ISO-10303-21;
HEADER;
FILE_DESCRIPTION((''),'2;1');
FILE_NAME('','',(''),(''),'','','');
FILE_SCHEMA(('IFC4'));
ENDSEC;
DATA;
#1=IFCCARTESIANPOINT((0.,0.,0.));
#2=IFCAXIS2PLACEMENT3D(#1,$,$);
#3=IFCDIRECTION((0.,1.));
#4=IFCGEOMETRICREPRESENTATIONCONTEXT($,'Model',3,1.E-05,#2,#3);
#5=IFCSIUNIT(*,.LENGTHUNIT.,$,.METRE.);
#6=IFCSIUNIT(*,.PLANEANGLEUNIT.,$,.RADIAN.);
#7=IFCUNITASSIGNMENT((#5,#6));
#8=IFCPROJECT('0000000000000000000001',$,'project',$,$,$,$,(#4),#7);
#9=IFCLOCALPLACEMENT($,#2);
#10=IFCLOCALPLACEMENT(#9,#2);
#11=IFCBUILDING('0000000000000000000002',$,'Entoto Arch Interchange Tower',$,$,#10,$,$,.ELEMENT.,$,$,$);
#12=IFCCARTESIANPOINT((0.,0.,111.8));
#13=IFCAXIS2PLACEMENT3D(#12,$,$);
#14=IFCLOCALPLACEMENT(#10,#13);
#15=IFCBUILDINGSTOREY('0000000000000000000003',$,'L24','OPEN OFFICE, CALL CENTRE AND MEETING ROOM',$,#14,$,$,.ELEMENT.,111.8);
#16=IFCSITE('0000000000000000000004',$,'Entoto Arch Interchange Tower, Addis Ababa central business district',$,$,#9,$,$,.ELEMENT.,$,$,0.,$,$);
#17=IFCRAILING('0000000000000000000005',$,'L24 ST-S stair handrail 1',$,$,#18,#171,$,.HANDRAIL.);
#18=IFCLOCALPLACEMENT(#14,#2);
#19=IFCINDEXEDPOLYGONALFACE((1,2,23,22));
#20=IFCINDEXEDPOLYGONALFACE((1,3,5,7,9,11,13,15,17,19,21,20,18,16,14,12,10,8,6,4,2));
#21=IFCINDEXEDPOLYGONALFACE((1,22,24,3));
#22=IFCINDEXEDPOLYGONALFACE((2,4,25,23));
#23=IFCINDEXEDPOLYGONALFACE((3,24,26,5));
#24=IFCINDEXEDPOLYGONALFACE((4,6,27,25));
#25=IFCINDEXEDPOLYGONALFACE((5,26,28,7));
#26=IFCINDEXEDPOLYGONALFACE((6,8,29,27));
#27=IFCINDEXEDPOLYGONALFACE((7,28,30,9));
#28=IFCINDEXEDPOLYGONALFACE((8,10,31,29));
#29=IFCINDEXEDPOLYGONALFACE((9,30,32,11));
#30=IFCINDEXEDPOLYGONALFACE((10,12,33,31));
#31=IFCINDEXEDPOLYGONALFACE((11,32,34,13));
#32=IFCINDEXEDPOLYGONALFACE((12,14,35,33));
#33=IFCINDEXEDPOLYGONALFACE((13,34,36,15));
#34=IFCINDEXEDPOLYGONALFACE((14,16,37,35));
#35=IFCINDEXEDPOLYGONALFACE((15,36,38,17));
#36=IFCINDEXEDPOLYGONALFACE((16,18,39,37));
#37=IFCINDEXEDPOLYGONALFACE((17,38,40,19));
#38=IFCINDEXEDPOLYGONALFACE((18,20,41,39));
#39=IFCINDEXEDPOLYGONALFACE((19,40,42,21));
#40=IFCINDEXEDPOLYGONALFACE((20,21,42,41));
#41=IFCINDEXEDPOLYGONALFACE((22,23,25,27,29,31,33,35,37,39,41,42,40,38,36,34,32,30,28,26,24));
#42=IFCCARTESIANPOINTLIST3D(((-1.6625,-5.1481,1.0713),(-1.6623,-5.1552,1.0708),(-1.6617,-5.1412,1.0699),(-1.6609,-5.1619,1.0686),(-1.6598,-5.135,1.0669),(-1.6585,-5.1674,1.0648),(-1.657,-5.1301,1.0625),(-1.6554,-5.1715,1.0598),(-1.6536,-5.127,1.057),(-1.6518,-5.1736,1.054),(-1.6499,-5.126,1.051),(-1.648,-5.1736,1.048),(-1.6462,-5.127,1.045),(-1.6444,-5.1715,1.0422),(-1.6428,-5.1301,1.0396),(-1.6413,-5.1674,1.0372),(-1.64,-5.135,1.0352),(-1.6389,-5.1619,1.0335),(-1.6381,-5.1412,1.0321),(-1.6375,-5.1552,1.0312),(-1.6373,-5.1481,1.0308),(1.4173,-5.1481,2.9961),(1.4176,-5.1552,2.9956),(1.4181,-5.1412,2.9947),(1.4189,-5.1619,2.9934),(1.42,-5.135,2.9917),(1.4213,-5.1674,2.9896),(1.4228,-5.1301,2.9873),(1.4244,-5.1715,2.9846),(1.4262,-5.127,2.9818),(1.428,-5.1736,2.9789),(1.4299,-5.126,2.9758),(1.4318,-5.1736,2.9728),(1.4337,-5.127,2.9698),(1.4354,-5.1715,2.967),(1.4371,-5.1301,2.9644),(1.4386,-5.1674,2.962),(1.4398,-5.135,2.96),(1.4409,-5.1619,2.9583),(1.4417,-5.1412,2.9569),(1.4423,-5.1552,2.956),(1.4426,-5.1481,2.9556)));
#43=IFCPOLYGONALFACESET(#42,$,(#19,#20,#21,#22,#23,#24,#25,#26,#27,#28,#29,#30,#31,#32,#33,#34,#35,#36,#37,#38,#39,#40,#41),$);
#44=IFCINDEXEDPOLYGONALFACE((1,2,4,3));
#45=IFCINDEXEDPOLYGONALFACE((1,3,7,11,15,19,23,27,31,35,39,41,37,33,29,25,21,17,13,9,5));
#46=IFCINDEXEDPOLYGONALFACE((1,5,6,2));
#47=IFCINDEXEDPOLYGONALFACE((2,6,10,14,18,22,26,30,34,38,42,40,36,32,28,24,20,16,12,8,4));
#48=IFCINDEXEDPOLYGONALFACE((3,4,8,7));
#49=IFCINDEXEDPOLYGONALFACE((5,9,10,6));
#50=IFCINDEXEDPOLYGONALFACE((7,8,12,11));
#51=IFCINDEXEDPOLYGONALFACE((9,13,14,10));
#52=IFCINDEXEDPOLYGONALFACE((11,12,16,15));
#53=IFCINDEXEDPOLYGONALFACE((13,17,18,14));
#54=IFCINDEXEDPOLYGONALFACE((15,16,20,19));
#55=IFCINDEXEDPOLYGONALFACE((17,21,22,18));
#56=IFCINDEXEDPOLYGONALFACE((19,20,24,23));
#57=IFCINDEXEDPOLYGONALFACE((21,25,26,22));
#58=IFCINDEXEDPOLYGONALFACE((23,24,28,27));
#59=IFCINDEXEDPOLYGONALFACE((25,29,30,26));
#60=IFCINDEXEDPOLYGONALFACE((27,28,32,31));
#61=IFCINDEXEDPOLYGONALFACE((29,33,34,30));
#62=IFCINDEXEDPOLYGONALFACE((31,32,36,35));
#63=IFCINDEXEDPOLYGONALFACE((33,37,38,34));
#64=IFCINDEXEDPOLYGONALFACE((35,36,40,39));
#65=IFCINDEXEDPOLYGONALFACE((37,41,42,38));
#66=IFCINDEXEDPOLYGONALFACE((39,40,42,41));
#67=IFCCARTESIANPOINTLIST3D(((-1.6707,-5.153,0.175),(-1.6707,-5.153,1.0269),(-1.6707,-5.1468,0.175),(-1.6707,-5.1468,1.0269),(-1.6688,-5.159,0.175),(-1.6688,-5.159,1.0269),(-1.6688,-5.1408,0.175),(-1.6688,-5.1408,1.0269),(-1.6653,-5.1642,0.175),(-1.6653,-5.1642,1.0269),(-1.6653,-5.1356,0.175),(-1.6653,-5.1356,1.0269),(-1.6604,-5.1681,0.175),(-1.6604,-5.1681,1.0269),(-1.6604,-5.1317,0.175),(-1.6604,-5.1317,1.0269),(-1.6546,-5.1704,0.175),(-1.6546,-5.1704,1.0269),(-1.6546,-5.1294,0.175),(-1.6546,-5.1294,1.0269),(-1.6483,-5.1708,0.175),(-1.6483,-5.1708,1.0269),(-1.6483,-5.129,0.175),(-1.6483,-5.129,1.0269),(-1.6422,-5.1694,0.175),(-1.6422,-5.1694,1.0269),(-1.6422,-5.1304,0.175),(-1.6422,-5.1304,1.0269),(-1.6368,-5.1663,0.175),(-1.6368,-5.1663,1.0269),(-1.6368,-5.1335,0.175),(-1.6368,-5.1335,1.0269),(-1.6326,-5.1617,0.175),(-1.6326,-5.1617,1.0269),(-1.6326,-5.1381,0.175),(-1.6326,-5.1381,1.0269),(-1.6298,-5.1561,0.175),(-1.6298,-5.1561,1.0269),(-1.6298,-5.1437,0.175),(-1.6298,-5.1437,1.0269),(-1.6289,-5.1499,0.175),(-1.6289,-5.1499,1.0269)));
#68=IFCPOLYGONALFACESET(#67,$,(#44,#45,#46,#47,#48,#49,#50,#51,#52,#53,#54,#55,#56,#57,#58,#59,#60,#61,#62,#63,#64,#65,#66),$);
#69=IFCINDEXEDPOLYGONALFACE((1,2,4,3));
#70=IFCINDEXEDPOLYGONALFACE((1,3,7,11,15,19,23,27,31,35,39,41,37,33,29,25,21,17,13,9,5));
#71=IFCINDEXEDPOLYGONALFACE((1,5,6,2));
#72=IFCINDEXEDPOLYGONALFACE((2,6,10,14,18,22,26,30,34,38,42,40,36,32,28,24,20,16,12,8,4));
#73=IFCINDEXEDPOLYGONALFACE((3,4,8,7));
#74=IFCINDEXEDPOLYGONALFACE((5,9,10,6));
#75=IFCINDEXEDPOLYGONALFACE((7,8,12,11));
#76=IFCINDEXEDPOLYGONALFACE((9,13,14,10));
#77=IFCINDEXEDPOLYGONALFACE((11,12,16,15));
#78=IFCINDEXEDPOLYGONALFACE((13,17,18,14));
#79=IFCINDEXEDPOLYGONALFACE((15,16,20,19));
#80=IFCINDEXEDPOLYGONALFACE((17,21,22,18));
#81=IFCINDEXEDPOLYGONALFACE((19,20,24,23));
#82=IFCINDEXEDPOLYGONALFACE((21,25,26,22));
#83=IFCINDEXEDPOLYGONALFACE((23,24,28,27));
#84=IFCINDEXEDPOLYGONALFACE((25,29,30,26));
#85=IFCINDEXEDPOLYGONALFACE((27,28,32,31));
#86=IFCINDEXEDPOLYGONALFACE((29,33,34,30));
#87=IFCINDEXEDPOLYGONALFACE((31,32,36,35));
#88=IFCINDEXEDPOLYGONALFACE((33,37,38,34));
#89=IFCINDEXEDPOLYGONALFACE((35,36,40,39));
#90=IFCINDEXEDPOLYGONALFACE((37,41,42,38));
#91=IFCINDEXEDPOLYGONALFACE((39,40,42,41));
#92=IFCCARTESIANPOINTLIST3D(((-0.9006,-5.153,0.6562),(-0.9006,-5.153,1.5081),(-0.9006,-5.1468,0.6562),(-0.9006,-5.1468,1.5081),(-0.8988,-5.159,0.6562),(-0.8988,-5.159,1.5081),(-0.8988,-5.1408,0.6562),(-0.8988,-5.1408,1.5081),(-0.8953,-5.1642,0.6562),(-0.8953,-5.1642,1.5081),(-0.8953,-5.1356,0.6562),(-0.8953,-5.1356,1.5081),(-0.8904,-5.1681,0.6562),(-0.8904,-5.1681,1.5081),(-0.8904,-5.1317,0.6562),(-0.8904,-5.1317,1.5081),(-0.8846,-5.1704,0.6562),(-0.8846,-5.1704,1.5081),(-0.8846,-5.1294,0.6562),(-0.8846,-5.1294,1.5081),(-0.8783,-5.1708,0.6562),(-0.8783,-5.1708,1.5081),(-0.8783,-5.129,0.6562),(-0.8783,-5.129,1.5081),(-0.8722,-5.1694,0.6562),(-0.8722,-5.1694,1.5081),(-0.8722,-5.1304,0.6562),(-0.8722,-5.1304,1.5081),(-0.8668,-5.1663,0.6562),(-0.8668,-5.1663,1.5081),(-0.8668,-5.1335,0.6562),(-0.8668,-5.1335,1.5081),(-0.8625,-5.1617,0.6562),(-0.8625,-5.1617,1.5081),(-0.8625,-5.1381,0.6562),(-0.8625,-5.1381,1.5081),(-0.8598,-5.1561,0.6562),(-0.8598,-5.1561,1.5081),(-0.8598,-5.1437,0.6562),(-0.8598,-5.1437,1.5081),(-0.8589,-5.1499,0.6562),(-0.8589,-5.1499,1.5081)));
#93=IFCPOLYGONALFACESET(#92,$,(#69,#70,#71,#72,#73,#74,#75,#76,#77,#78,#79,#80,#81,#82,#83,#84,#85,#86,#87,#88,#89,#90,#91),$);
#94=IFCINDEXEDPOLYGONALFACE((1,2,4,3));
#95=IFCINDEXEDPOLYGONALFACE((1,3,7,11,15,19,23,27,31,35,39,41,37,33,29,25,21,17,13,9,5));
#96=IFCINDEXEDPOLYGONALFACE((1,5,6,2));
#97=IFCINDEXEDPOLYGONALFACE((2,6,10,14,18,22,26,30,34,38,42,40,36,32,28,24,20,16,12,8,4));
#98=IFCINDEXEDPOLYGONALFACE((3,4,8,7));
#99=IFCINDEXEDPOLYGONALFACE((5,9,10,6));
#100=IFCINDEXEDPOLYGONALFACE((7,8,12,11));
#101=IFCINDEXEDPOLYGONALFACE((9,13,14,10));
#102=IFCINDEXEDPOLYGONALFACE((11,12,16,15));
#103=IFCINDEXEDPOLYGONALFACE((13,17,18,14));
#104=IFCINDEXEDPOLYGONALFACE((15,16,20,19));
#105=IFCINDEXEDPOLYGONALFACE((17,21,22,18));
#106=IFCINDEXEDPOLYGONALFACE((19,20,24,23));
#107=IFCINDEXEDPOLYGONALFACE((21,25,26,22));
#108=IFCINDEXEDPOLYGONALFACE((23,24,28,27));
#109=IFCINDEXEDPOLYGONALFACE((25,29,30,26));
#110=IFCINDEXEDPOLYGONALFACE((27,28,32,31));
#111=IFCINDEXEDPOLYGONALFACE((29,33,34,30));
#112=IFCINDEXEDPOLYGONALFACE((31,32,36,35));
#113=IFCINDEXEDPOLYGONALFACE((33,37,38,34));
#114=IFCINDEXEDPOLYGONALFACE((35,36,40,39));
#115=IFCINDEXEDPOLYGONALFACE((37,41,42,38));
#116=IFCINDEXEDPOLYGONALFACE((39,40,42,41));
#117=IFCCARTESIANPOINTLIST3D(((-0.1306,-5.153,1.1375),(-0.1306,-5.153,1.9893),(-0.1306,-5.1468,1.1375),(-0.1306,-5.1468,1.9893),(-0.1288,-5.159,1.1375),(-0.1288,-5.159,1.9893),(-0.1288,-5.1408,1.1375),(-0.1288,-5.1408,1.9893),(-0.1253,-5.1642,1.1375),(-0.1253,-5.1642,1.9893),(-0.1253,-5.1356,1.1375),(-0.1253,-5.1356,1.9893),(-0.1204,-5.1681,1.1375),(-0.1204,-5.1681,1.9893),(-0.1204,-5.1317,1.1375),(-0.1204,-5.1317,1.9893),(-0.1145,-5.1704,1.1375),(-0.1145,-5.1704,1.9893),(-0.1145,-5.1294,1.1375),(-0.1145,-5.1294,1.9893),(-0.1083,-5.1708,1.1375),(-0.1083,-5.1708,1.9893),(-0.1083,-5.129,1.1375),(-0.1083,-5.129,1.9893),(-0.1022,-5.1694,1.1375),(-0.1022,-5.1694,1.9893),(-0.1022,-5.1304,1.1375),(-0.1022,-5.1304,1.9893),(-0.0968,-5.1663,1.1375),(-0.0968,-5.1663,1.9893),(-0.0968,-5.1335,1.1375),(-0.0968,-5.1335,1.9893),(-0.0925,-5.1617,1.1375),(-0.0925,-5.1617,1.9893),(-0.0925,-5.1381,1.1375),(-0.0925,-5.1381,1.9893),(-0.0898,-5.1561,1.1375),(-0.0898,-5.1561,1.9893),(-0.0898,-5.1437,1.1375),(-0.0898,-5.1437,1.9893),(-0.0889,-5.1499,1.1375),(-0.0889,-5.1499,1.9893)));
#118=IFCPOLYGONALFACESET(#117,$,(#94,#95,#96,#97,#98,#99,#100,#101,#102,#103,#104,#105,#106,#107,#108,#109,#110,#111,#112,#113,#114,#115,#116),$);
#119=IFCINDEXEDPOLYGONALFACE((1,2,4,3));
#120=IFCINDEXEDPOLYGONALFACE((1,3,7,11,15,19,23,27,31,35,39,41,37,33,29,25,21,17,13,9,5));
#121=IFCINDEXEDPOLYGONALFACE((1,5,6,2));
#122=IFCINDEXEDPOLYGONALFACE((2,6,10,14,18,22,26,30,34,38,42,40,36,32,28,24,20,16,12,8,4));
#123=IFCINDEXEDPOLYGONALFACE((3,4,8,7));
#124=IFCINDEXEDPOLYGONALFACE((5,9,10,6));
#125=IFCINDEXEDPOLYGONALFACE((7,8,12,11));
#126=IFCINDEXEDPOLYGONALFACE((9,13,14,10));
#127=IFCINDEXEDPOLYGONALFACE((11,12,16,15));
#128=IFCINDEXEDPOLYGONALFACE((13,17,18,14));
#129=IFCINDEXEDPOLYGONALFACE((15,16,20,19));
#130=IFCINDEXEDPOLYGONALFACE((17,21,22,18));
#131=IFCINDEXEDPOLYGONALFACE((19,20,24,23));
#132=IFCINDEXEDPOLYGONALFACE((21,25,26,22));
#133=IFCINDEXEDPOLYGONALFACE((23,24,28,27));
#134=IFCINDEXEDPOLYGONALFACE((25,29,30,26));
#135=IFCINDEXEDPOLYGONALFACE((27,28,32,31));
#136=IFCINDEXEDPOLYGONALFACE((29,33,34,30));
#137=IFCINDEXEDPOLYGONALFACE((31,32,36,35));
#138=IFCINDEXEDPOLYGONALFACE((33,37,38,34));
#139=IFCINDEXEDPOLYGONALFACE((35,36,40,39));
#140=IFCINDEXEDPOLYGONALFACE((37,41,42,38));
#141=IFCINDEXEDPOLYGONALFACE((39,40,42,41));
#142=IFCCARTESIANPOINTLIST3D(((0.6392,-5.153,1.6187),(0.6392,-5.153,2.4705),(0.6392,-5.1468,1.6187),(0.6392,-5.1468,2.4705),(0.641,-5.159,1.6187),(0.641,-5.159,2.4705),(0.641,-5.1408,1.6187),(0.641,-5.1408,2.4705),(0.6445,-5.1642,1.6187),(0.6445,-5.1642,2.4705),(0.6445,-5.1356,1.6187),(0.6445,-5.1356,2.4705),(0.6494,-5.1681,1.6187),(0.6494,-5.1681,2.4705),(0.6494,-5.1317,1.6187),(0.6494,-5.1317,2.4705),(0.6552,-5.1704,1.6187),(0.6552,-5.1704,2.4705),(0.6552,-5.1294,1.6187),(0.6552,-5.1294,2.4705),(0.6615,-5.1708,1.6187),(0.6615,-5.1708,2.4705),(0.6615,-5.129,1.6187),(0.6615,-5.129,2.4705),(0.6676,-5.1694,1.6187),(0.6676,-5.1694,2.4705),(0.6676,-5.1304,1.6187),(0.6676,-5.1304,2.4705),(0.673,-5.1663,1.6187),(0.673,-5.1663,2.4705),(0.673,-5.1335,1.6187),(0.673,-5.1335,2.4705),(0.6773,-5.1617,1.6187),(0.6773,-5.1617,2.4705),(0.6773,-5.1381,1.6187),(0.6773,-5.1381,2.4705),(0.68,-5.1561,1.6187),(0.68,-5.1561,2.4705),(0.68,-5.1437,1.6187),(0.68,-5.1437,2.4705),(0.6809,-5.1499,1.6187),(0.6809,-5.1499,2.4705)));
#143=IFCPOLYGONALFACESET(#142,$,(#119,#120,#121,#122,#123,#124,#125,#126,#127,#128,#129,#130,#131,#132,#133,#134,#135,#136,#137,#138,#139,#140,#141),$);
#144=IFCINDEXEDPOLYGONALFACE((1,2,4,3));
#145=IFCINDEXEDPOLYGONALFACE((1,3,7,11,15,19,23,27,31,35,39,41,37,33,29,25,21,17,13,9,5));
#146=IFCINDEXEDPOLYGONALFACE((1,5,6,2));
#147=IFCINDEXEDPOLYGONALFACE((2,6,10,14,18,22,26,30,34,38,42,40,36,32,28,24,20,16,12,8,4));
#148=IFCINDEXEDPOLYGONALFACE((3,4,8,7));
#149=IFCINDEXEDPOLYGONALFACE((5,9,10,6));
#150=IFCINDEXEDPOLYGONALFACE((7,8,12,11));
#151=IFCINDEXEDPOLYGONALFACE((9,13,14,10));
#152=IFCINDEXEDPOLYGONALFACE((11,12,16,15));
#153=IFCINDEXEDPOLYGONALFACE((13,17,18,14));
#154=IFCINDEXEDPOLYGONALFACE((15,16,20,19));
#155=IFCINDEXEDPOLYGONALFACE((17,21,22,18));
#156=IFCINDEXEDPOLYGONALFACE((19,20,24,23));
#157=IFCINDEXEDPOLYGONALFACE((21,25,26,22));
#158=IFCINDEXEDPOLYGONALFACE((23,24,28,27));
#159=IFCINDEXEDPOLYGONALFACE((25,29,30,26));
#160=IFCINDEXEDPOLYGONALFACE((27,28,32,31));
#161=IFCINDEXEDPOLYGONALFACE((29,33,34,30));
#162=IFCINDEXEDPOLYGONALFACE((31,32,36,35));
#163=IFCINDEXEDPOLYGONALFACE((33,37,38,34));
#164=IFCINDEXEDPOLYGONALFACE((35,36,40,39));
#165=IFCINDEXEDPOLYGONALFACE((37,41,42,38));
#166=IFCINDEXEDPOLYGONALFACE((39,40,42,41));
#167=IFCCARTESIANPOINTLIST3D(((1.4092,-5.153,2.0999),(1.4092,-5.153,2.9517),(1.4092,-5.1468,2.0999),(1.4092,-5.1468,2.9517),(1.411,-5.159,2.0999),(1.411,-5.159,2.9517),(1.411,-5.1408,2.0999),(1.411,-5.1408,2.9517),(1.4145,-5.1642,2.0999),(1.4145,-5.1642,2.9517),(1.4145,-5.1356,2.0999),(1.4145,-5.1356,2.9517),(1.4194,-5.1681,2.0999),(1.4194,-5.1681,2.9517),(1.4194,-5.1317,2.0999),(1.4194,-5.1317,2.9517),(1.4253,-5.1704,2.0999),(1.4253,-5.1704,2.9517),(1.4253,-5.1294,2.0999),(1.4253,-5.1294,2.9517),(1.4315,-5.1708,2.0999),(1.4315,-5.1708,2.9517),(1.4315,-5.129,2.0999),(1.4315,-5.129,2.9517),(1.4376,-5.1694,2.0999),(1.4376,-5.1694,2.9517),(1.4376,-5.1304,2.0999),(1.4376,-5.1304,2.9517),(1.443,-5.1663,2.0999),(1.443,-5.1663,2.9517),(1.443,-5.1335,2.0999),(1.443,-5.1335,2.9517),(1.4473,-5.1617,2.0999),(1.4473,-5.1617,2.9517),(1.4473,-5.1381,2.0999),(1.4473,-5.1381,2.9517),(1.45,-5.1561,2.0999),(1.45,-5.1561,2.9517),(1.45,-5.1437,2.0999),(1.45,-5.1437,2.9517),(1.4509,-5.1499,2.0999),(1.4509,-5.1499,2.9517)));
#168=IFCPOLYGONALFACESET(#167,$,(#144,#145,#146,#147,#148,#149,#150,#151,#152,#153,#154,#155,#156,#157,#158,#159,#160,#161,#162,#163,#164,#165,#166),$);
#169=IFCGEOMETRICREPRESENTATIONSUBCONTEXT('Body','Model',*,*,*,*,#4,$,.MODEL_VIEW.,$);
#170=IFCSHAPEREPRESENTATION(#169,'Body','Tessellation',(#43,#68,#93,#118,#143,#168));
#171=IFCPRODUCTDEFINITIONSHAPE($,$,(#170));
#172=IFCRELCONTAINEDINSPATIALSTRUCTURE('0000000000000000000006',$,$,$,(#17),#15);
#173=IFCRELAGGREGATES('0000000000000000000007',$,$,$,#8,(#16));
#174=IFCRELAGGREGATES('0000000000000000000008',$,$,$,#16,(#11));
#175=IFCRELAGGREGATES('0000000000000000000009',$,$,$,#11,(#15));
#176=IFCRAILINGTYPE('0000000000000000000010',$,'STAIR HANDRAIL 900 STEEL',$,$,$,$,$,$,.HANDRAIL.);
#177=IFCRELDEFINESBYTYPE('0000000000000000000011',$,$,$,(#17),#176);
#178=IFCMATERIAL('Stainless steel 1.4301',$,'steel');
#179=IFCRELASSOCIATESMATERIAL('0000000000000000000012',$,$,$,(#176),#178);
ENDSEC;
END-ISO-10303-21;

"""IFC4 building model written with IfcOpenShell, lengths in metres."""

from ifc_helpers import new_model, si_unit, direction, frame, origin, origin_2d, place, context, subcontext, project, spatial, circle, extrude, material, type_object, element, save


model = new_model("IFC4")

# Units and contexts
model_context = context("Model", 3, precision=1e-05, world=origin(), true_north=direction((0.0, 1.0)))
body_context = subcontext(model_context, "Body", "Model", "MODEL_VIEW")
ifc_project = project(units=[si_unit("LENGTHUNIT", "METRE"), si_unit("PLANEANGLEUNIT", "RADIAN")], contexts=[model_context])

# Site, building, storey
site_placement = place(None, origin())
site = spatial("IfcSite", under=ifc_project, at=site_placement, Name="Entoto Arch Interchange Tower, Addis Ababa central business district", CompositionType="ELEMENT", RefElevation=0.0)
building_placement = place(site_placement, origin())
building = spatial("IfcBuilding", under=site, at=building_placement, Name="Entoto Arch Interchange Tower", CompositionType="ELEMENT")
storey_placement = place(building_placement, frame((0.0, 0.0, 111.8)))
storey = spatial("IfcBuildingStorey", under=building, at=storey_placement, Name="L24", Description="OPEN OFFICE, CALL CENTRE AND MEETING ROOM", CompositionType="ELEMENT", Elevation=111.8)

# Railing
ifc_material_1 = material(Name="Stainless steel 1.4301", Category="steel")
railing_type_1 = type_object("IfcRailingType", Name="STAIR HANDRAIL 900 STEEL", PredefinedType="HANDRAIL", material=ifc_material_1)
railing_1_placement = place(storey_placement, frame((-1.6499, -5.1499, 0.175)))
element("IfcRailing", 1, at=railing_1_placement, inside=storey, type_object=railing_type_1, Name="L24 ST-S stair handrail 1", PredefinedType="HANDRAIL", context=body_context, shape_type="SweptSolid", body=[
    extrude(circle(Radius=0.0239, at=origin_2d()), frame((0.0, 0.0, 0.876), z_axis=(0.84801, 0.0, 0.529981), x_axis=(0.0, 1.0, 0.0)), (0.0, 0.0, 1.0), 3.6318),
    extrude(circle(Radius=0.021, at=origin_2d()), origin(), (0.0, 0.0, 1.0), 0.8518),
    extrude(circle(Radius=0.021, at=origin_2d()), frame((0.77, 0.0, 0.4812)), (0.0, 0.0, 1.0), 0.8518),
    extrude(circle(Radius=0.021, at=origin_2d()), frame((1.54, 0.0, 0.9624)), (0.0, 0.0, 1.0), 0.8518),
    extrude(circle(Radius=0.021, at=origin_2d()), frame((2.3098, 0.0, 1.4436)), (0.0, 0.0, 1.0), 0.8518),
    extrude(circle(Radius=0.021, at=origin_2d()), frame((3.0798, 0.0, 1.9248)), (0.0, 0.0, 1.0), 0.8518),
])

save(model, "model.ifc")
